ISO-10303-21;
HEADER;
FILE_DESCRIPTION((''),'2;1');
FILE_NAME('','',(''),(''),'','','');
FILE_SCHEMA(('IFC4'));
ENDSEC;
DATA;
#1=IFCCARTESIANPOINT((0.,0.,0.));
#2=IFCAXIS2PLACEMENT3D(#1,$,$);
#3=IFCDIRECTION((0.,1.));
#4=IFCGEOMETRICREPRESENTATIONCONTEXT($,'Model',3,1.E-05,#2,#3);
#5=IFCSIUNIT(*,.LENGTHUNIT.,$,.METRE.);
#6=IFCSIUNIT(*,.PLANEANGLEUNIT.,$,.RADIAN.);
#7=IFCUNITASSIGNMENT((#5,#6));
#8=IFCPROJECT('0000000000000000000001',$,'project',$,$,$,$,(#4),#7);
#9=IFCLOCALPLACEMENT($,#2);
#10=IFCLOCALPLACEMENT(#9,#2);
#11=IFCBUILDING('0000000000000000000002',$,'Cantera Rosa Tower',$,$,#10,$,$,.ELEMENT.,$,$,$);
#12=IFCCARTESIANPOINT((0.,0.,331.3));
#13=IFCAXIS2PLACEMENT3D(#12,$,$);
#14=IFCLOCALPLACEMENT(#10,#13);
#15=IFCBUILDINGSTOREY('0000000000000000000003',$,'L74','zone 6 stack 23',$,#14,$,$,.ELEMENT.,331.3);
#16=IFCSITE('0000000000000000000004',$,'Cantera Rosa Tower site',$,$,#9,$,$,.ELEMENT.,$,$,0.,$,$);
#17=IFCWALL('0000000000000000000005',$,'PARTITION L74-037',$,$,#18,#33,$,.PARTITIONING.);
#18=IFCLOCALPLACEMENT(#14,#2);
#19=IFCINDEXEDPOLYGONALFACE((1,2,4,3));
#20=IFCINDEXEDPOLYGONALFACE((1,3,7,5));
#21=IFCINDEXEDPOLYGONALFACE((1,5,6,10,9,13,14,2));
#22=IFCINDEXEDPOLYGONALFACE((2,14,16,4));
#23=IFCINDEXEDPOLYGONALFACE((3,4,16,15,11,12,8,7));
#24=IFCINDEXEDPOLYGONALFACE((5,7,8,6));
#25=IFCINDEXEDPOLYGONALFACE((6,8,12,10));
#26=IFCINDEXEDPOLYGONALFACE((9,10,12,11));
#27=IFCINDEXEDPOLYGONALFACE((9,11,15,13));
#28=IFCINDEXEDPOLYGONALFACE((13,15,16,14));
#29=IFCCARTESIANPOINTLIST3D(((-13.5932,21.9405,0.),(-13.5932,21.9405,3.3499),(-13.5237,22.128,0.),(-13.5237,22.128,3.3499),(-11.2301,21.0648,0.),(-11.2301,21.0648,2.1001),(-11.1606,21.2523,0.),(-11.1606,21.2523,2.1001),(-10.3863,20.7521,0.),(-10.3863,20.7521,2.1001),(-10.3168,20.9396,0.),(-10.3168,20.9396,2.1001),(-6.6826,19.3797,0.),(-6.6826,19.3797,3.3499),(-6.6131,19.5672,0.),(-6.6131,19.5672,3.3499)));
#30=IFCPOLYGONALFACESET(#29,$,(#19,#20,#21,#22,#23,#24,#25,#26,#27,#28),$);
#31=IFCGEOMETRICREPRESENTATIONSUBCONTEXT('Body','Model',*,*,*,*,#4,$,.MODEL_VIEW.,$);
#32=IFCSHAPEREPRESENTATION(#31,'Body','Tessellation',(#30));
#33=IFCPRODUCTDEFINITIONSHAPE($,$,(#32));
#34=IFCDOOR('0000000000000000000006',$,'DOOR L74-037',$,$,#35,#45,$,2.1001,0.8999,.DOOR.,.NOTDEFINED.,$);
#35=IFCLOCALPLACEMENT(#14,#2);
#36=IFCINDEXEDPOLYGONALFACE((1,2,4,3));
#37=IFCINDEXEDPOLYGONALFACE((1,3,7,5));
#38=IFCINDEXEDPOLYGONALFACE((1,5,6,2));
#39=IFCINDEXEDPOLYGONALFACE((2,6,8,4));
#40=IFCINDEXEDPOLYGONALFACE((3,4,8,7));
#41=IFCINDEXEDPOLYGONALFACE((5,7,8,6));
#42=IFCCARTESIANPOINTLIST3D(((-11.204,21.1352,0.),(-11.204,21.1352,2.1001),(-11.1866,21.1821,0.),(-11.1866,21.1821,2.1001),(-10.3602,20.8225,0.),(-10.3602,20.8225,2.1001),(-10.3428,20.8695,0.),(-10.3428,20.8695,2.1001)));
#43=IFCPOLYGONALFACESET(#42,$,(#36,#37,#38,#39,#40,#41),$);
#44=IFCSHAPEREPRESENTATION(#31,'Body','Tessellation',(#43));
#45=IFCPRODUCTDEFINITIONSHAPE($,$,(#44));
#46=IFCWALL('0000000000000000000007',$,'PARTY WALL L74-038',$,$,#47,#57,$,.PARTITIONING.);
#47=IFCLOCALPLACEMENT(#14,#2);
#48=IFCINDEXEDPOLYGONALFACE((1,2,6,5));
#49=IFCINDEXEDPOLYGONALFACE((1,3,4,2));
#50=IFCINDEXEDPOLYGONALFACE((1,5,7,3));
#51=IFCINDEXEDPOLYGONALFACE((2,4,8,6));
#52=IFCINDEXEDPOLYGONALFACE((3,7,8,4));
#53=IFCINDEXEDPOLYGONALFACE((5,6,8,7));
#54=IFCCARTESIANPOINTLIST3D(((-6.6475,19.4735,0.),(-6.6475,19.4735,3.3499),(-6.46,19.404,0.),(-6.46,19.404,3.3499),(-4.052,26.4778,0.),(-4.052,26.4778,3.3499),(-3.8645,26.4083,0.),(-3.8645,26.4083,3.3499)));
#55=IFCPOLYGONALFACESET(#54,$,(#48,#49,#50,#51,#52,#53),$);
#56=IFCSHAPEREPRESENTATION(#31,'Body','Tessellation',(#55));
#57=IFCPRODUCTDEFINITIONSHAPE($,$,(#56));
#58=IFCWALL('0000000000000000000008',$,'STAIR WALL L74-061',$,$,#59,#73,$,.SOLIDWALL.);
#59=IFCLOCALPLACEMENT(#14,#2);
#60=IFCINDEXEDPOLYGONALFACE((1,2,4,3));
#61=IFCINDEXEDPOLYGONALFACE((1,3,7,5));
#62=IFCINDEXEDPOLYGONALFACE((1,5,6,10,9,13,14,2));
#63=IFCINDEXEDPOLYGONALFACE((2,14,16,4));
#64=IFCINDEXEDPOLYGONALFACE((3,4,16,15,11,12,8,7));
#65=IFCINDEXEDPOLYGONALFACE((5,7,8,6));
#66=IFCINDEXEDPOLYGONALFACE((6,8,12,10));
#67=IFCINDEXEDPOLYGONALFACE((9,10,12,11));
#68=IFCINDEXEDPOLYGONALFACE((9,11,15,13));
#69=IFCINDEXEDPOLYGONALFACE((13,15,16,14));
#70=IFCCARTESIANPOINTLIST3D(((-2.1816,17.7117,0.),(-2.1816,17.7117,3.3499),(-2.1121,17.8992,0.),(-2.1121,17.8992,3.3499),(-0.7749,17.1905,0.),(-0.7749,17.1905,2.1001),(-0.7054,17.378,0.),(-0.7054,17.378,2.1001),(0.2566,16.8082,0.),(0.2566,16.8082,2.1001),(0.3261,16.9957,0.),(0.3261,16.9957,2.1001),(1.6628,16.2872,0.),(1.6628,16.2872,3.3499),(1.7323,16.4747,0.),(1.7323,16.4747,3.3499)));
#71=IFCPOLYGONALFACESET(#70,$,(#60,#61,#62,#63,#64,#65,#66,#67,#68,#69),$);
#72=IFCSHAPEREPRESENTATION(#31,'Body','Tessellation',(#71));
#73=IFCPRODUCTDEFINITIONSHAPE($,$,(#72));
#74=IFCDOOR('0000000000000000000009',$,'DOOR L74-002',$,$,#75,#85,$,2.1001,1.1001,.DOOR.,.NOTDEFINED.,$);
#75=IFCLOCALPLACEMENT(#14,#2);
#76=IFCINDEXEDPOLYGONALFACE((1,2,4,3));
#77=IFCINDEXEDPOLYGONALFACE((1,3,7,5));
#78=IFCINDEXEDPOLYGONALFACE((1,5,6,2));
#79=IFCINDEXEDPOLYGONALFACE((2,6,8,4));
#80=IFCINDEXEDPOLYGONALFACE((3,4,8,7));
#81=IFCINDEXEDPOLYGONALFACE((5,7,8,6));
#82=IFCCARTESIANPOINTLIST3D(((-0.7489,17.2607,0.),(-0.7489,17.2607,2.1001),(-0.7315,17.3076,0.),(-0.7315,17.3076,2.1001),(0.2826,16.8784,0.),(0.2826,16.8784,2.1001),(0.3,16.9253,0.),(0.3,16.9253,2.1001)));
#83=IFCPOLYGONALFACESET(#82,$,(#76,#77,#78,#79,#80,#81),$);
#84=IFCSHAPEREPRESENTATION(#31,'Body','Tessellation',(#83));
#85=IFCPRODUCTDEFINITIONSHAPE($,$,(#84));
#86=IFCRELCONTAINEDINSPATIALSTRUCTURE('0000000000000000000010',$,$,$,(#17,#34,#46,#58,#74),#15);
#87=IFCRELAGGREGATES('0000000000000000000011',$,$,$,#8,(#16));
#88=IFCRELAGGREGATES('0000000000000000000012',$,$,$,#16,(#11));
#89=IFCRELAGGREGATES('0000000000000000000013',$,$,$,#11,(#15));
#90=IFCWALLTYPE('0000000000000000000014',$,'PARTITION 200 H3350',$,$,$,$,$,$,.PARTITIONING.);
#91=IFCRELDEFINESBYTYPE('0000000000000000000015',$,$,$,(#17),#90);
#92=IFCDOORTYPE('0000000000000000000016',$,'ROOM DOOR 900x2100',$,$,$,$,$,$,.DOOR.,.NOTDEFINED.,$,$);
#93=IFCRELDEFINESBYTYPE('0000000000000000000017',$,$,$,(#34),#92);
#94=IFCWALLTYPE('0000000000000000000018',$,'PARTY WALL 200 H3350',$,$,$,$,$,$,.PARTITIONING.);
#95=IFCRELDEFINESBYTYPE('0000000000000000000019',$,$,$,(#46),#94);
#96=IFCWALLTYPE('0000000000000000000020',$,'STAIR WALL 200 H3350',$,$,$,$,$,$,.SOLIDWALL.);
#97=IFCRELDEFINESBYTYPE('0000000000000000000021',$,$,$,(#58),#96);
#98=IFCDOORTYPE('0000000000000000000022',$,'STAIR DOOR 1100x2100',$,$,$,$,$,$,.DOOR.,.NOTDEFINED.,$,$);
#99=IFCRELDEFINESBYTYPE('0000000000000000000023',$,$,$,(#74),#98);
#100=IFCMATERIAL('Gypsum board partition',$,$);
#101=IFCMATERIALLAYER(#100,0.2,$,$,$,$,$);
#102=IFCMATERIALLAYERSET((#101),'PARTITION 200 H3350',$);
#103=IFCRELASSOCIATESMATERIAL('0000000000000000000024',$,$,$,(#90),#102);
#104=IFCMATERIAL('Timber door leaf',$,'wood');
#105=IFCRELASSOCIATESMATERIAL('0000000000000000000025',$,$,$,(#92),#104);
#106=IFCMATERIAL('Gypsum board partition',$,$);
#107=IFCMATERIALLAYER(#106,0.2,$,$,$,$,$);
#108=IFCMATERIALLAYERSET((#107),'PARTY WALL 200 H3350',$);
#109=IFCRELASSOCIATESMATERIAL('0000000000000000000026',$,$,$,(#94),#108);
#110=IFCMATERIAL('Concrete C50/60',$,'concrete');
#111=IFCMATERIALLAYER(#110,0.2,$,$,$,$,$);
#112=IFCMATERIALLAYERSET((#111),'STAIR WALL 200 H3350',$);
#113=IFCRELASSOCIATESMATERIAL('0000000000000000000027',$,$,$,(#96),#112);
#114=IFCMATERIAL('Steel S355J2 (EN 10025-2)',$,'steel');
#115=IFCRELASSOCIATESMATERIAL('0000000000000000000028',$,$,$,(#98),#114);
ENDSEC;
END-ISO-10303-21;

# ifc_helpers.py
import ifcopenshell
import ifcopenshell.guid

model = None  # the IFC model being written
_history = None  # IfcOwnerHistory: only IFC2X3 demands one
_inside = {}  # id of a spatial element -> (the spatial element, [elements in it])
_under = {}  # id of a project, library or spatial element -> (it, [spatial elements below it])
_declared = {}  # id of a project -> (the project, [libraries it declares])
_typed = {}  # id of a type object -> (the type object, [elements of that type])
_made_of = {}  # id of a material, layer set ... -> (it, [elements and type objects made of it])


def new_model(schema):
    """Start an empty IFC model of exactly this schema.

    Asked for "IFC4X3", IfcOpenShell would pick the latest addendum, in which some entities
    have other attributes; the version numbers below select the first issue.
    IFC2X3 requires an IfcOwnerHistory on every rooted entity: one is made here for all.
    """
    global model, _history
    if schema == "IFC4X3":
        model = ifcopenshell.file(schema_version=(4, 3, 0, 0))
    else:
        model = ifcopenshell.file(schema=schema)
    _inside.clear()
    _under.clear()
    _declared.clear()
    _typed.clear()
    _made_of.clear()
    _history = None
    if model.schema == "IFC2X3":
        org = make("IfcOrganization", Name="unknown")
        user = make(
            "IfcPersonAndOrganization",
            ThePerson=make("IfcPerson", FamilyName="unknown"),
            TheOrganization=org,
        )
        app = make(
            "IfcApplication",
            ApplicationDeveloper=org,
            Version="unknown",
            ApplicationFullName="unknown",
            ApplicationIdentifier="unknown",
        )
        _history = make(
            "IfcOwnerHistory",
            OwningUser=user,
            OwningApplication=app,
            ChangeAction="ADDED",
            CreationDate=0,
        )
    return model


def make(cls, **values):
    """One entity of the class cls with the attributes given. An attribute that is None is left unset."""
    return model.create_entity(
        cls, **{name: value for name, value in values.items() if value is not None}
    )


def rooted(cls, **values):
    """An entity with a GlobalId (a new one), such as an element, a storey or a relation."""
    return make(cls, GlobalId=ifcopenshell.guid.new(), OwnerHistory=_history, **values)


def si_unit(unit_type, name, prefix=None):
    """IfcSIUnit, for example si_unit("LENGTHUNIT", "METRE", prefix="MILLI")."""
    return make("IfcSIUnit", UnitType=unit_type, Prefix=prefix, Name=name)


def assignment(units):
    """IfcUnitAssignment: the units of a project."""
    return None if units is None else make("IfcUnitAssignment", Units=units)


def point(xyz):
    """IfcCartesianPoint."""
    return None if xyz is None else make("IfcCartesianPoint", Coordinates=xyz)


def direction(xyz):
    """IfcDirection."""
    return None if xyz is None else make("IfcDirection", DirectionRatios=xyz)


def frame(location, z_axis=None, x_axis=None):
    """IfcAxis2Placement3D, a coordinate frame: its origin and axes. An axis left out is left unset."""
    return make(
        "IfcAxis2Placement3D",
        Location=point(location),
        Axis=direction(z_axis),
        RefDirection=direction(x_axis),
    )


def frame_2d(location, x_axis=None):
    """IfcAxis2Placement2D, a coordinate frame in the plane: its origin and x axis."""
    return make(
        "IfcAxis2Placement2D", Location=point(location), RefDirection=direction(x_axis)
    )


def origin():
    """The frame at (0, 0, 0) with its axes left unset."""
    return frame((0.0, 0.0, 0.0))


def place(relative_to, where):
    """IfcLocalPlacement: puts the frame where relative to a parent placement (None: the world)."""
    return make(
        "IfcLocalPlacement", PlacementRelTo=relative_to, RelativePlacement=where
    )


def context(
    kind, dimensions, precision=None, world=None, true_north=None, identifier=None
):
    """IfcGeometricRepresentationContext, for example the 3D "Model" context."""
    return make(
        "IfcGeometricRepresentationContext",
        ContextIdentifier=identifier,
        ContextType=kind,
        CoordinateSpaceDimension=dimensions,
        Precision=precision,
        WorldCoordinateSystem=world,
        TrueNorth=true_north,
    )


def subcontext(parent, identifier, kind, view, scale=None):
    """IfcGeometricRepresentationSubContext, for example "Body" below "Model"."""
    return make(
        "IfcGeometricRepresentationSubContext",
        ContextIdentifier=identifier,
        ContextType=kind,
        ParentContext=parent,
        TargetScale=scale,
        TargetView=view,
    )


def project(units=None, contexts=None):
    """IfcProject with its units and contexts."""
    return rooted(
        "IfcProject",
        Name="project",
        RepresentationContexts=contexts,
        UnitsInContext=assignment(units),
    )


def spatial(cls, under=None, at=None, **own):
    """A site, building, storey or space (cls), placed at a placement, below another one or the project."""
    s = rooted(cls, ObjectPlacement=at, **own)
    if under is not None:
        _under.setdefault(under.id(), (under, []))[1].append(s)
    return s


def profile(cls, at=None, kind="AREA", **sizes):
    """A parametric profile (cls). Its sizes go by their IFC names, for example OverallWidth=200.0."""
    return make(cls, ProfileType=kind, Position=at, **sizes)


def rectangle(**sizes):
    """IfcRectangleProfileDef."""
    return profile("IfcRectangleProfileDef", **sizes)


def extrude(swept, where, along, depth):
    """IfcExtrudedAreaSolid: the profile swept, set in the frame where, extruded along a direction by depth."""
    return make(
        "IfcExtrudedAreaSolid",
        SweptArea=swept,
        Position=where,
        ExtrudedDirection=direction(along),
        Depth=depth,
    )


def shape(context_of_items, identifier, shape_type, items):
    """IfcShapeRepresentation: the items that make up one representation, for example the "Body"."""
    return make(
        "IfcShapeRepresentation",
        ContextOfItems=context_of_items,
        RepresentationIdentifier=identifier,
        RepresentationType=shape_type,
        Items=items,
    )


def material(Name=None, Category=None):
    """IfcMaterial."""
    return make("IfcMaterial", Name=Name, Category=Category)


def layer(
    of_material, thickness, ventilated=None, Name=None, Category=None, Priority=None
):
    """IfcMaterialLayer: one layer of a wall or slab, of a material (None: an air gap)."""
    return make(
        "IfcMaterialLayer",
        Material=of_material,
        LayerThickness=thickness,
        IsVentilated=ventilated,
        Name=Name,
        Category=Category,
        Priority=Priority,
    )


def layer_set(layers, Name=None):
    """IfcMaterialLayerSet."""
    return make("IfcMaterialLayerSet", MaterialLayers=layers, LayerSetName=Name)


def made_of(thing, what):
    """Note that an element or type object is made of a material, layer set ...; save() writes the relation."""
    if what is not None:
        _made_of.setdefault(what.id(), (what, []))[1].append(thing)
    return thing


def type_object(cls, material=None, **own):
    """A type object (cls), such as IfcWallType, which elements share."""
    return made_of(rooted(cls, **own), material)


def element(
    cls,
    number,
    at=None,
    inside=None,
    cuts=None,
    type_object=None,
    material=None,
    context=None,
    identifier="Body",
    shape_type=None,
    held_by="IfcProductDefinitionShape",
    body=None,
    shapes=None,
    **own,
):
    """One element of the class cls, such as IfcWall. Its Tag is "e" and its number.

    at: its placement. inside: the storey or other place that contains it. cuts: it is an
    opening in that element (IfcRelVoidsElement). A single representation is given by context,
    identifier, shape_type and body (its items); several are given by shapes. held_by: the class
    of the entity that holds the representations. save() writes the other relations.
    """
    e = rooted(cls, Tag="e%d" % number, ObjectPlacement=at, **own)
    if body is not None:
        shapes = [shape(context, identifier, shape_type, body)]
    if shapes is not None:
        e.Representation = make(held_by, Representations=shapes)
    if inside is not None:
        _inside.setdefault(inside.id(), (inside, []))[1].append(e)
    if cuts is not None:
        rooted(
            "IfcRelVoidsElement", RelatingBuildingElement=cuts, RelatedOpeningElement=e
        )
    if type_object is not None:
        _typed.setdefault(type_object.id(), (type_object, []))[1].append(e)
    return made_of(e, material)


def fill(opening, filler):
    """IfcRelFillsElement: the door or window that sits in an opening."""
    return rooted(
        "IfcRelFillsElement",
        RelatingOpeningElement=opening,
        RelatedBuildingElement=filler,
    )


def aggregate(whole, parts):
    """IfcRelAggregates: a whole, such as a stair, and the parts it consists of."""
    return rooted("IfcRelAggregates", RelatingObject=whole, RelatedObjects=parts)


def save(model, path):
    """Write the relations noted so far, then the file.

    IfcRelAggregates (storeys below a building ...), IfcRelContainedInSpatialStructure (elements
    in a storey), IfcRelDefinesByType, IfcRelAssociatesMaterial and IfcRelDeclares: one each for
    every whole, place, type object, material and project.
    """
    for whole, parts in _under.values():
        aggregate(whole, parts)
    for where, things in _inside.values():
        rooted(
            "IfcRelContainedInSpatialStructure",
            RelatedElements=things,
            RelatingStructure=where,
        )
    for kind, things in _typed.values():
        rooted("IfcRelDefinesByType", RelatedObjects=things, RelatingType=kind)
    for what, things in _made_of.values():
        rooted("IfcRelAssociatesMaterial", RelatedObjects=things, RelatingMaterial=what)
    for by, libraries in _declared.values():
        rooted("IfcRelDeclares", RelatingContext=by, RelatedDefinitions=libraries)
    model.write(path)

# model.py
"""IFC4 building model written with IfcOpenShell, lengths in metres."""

from ifc_helpers import new_model, si_unit, direction, frame, frame_2d, origin, place, context, subcontext, project, spatial, rectangle, extrude, material, layer, layer_set, type_object, element, fill, save


model = new_model("IFC4")

# Units and contexts
model_context = context("Model", 3, precision=1e-05, world=origin(), true_north=direction((0.0, 1.0)))
body_context = subcontext(model_context, "Body", "Model", "MODEL_VIEW")
ifc_project = project(units=[si_unit("LENGTHUNIT", "METRE"), si_unit("PLANEANGLEUNIT", "RADIAN")], contexts=[model_context])

# Site, building, storey
site_placement = place(None, origin())
site = spatial("IfcSite", under=ifc_project, at=site_placement, Name="Cantera Rosa Tower site", CompositionType="ELEMENT", RefElevation=0.0)
building_placement = place(site_placement, origin())
building = spatial("IfcBuilding", under=site, at=building_placement, Name="Cantera Rosa Tower", CompositionType="ELEMENT")
storey_placement = place(building_placement, frame((0.0, 0.0, 331.3)))
storey = spatial("IfcBuildingStorey", under=building, at=storey_placement, Name="L74", Description="zone 6 stack 23", CompositionType="ELEMENT", Elevation=331.3)

# Wall, opening, door
ifc_material_1 = material(Name="Gypsum board partition")
ifc_layer_1 = layer(ifc_material_1, 0.2)
ifc_layer_set_1 = layer_set([ifc_layer_1], Name="PARTITION 200 H3350")
wall_type_1 = type_object("IfcWallType", Name="PARTITION 200 H3350", PredefinedType="PARTITIONING", material=ifc_layer_set_1)
wall_1_placement = place(storey_placement, frame((-6.6477, 19.4734, 0.0), z_axis=(0.0, 0.0, 1.0), x_axis=(-0.937692, 0.347469, 0.0)))
wall_1 = element("IfcWall", 1, at=wall_1_placement, inside=storey, type_object=wall_type_1, Name="PARTITION L74-037", PredefinedType="PARTITIONING", context=body_context, shape_type="SweptSolid", body=[
    extrude(rectangle(XDim=7.3699, YDim=0.2, at=frame_2d((3.6851, 0.0))), origin(), (0.0, 0.0, 1.0), 3.3499),
])
opening_1_placement = place(wall_1_placement, frame((3.95, 0.0, 0.0)))
opening_1 = element("IfcOpeningElement", 2, at=opening_1_placement, cuts=wall_1, PredefinedType="OPENING", context=body_context, shape_type="SweptSolid", body=[
    extrude(rectangle(XDim=0.8999, YDim=2.1001, at=frame_2d((0.45, 1.05))), frame((0.0, 0.1099, 0.0), z_axis=(0.0, -1.0, 0.0), x_axis=(1.0, 0.0, 0.0)), (0.0, 0.0, 1.0), 0.22),
])
ifc_material_2 = material(Name="Timber door leaf", Category="wood")
door_type_1 = type_object("IfcDoorType", Name="ROOM DOOR 900x2100", OperationType="NOTDEFINED", PredefinedType="DOOR", material=ifc_material_2)
door_1_placement = place(opening_1_placement, origin())
door_1 = element("IfcDoor", 3, at=door_1_placement, inside=storey, type_object=door_type_1, Name="DOOR L74-037", OperationType="NOTDEFINED", OverallHeight=2.1001, OverallWidth=0.8999, PredefinedType="DOOR", context=body_context, shape_type="SweptSolid", body=[
    extrude(rectangle(XDim=0.8999, YDim=2.1001, at=frame_2d((0.45, 1.05))), frame((0.0, 0.0249, 0.0), z_axis=(0.0, -1.0, 0.0), x_axis=(1.0, 0.0, 0.0)), (0.0, 0.0, 1.0), 0.05),
])
fill(opening_1, door_1)

# Wall
ifc_material_3 = material(Name="Gypsum board partition")
ifc_layer_2 = layer(ifc_material_3, 0.2)
ifc_layer_set_2 = layer_set([ifc_layer_2], Name="PARTY WALL 200 H3350")
wall_type_2 = type_object("IfcWallType", Name="PARTY WALL 200 H3350", PredefinedType="PARTITIONING", material=ifc_layer_set_2)
wall_2_placement = place(storey_placement, frame((-6.5537, 19.4387, 0.0), z_axis=(0.0, 0.0, 1.0), x_axis=(0.34746, 0.937695, 0.0)))
element("IfcWall", 4, at=wall_2_placement, inside=storey, type_object=wall_type_2, Name="PARTY WALL L74-038", PredefinedType="PARTITIONING", context=body_context, shape_type="SweptSolid", body=[
    extrude(rectangle(XDim=7.4697, YDim=0.2, at=frame_2d((3.7349, 0.0))), origin(), (0.0, 0.0, 1.0), 3.3499),
])

# Wall, opening, door
ifc_material_4 = material(Name="Concrete C50/60", Category="concrete")
ifc_layer_3 = layer(ifc_material_4, 0.2)
ifc_layer_set_3 = layer_set([ifc_layer_3], Name="STAIR WALL 200 H3350")
wall_type_3 = type_object("IfcWallType", Name="STAIR WALL 200 H3350", PredefinedType="SOLIDWALL", material=ifc_layer_set_3)
wall_3_placement = place(storey_placement, frame((-2.1467, 17.8054, 0.0), z_axis=(0.0, 0.0, 1.0), x_axis=(0.937695, -0.34746, 0.0)))
wall_3 = element("IfcWall", 5, at=wall_3_placement, inside=storey, type_object=wall_type_3, Name="STAIR WALL L74-061", PredefinedType="SOLIDWALL", context=body_context, shape_type="SweptSolid", body=[
    extrude(rectangle(XDim=4.0999, YDim=0.2, at=frame_2d((2.0498, 0.0))), origin(), (0.0, 0.0, 1.0), 3.3499),
])
opening_2_placement = place(wall_3_placement, frame((1.5, 0.0, 0.0)))
opening_2 = element("IfcOpeningElement", 6, at=opening_2_placement, cuts=wall_3, PredefinedType="OPENING", context=body_context, shape_type="SweptSolid", body=[
    extrude(rectangle(XDim=1.1001, YDim=2.1001, at=frame_2d((0.55, 1.05))), frame((0.0, 0.1099, 0.0), z_axis=(0.0, -1.0, 0.0), x_axis=(1.0, 0.0, 0.0)), (0.0, 0.0, 1.0), 0.22),
])
ifc_material_5 = material(Name="Steel S355J2 (EN 10025-2)", Category="steel")
door_type_2 = type_object("IfcDoorType", Name="STAIR DOOR 1100x2100", OperationType="NOTDEFINED", PredefinedType="DOOR", material=ifc_material_5)
door_2_placement = place(opening_2_placement, origin())
door_2 = element("IfcDoor", 7, at=door_2_placement, inside=storey, type_object=door_type_2, Name="DOOR L74-002", OperationType="NOTDEFINED", OverallHeight=2.1001, OverallWidth=1.1001, PredefinedType="DOOR", context=body_context, shape_type="SweptSolid", body=[
    extrude(rectangle(XDim=1.1001, YDim=2.1001, at=frame_2d((0.55, 1.05))), frame((0.0, 0.0249, 0.0), z_axis=(0.0, -1.0, 0.0), x_axis=(1.0, 0.0, 0.0)), (0.0, 0.0, 1.0), 0.05),
])
fill(opening_2, door_2)

save(model, "model.ifc")
